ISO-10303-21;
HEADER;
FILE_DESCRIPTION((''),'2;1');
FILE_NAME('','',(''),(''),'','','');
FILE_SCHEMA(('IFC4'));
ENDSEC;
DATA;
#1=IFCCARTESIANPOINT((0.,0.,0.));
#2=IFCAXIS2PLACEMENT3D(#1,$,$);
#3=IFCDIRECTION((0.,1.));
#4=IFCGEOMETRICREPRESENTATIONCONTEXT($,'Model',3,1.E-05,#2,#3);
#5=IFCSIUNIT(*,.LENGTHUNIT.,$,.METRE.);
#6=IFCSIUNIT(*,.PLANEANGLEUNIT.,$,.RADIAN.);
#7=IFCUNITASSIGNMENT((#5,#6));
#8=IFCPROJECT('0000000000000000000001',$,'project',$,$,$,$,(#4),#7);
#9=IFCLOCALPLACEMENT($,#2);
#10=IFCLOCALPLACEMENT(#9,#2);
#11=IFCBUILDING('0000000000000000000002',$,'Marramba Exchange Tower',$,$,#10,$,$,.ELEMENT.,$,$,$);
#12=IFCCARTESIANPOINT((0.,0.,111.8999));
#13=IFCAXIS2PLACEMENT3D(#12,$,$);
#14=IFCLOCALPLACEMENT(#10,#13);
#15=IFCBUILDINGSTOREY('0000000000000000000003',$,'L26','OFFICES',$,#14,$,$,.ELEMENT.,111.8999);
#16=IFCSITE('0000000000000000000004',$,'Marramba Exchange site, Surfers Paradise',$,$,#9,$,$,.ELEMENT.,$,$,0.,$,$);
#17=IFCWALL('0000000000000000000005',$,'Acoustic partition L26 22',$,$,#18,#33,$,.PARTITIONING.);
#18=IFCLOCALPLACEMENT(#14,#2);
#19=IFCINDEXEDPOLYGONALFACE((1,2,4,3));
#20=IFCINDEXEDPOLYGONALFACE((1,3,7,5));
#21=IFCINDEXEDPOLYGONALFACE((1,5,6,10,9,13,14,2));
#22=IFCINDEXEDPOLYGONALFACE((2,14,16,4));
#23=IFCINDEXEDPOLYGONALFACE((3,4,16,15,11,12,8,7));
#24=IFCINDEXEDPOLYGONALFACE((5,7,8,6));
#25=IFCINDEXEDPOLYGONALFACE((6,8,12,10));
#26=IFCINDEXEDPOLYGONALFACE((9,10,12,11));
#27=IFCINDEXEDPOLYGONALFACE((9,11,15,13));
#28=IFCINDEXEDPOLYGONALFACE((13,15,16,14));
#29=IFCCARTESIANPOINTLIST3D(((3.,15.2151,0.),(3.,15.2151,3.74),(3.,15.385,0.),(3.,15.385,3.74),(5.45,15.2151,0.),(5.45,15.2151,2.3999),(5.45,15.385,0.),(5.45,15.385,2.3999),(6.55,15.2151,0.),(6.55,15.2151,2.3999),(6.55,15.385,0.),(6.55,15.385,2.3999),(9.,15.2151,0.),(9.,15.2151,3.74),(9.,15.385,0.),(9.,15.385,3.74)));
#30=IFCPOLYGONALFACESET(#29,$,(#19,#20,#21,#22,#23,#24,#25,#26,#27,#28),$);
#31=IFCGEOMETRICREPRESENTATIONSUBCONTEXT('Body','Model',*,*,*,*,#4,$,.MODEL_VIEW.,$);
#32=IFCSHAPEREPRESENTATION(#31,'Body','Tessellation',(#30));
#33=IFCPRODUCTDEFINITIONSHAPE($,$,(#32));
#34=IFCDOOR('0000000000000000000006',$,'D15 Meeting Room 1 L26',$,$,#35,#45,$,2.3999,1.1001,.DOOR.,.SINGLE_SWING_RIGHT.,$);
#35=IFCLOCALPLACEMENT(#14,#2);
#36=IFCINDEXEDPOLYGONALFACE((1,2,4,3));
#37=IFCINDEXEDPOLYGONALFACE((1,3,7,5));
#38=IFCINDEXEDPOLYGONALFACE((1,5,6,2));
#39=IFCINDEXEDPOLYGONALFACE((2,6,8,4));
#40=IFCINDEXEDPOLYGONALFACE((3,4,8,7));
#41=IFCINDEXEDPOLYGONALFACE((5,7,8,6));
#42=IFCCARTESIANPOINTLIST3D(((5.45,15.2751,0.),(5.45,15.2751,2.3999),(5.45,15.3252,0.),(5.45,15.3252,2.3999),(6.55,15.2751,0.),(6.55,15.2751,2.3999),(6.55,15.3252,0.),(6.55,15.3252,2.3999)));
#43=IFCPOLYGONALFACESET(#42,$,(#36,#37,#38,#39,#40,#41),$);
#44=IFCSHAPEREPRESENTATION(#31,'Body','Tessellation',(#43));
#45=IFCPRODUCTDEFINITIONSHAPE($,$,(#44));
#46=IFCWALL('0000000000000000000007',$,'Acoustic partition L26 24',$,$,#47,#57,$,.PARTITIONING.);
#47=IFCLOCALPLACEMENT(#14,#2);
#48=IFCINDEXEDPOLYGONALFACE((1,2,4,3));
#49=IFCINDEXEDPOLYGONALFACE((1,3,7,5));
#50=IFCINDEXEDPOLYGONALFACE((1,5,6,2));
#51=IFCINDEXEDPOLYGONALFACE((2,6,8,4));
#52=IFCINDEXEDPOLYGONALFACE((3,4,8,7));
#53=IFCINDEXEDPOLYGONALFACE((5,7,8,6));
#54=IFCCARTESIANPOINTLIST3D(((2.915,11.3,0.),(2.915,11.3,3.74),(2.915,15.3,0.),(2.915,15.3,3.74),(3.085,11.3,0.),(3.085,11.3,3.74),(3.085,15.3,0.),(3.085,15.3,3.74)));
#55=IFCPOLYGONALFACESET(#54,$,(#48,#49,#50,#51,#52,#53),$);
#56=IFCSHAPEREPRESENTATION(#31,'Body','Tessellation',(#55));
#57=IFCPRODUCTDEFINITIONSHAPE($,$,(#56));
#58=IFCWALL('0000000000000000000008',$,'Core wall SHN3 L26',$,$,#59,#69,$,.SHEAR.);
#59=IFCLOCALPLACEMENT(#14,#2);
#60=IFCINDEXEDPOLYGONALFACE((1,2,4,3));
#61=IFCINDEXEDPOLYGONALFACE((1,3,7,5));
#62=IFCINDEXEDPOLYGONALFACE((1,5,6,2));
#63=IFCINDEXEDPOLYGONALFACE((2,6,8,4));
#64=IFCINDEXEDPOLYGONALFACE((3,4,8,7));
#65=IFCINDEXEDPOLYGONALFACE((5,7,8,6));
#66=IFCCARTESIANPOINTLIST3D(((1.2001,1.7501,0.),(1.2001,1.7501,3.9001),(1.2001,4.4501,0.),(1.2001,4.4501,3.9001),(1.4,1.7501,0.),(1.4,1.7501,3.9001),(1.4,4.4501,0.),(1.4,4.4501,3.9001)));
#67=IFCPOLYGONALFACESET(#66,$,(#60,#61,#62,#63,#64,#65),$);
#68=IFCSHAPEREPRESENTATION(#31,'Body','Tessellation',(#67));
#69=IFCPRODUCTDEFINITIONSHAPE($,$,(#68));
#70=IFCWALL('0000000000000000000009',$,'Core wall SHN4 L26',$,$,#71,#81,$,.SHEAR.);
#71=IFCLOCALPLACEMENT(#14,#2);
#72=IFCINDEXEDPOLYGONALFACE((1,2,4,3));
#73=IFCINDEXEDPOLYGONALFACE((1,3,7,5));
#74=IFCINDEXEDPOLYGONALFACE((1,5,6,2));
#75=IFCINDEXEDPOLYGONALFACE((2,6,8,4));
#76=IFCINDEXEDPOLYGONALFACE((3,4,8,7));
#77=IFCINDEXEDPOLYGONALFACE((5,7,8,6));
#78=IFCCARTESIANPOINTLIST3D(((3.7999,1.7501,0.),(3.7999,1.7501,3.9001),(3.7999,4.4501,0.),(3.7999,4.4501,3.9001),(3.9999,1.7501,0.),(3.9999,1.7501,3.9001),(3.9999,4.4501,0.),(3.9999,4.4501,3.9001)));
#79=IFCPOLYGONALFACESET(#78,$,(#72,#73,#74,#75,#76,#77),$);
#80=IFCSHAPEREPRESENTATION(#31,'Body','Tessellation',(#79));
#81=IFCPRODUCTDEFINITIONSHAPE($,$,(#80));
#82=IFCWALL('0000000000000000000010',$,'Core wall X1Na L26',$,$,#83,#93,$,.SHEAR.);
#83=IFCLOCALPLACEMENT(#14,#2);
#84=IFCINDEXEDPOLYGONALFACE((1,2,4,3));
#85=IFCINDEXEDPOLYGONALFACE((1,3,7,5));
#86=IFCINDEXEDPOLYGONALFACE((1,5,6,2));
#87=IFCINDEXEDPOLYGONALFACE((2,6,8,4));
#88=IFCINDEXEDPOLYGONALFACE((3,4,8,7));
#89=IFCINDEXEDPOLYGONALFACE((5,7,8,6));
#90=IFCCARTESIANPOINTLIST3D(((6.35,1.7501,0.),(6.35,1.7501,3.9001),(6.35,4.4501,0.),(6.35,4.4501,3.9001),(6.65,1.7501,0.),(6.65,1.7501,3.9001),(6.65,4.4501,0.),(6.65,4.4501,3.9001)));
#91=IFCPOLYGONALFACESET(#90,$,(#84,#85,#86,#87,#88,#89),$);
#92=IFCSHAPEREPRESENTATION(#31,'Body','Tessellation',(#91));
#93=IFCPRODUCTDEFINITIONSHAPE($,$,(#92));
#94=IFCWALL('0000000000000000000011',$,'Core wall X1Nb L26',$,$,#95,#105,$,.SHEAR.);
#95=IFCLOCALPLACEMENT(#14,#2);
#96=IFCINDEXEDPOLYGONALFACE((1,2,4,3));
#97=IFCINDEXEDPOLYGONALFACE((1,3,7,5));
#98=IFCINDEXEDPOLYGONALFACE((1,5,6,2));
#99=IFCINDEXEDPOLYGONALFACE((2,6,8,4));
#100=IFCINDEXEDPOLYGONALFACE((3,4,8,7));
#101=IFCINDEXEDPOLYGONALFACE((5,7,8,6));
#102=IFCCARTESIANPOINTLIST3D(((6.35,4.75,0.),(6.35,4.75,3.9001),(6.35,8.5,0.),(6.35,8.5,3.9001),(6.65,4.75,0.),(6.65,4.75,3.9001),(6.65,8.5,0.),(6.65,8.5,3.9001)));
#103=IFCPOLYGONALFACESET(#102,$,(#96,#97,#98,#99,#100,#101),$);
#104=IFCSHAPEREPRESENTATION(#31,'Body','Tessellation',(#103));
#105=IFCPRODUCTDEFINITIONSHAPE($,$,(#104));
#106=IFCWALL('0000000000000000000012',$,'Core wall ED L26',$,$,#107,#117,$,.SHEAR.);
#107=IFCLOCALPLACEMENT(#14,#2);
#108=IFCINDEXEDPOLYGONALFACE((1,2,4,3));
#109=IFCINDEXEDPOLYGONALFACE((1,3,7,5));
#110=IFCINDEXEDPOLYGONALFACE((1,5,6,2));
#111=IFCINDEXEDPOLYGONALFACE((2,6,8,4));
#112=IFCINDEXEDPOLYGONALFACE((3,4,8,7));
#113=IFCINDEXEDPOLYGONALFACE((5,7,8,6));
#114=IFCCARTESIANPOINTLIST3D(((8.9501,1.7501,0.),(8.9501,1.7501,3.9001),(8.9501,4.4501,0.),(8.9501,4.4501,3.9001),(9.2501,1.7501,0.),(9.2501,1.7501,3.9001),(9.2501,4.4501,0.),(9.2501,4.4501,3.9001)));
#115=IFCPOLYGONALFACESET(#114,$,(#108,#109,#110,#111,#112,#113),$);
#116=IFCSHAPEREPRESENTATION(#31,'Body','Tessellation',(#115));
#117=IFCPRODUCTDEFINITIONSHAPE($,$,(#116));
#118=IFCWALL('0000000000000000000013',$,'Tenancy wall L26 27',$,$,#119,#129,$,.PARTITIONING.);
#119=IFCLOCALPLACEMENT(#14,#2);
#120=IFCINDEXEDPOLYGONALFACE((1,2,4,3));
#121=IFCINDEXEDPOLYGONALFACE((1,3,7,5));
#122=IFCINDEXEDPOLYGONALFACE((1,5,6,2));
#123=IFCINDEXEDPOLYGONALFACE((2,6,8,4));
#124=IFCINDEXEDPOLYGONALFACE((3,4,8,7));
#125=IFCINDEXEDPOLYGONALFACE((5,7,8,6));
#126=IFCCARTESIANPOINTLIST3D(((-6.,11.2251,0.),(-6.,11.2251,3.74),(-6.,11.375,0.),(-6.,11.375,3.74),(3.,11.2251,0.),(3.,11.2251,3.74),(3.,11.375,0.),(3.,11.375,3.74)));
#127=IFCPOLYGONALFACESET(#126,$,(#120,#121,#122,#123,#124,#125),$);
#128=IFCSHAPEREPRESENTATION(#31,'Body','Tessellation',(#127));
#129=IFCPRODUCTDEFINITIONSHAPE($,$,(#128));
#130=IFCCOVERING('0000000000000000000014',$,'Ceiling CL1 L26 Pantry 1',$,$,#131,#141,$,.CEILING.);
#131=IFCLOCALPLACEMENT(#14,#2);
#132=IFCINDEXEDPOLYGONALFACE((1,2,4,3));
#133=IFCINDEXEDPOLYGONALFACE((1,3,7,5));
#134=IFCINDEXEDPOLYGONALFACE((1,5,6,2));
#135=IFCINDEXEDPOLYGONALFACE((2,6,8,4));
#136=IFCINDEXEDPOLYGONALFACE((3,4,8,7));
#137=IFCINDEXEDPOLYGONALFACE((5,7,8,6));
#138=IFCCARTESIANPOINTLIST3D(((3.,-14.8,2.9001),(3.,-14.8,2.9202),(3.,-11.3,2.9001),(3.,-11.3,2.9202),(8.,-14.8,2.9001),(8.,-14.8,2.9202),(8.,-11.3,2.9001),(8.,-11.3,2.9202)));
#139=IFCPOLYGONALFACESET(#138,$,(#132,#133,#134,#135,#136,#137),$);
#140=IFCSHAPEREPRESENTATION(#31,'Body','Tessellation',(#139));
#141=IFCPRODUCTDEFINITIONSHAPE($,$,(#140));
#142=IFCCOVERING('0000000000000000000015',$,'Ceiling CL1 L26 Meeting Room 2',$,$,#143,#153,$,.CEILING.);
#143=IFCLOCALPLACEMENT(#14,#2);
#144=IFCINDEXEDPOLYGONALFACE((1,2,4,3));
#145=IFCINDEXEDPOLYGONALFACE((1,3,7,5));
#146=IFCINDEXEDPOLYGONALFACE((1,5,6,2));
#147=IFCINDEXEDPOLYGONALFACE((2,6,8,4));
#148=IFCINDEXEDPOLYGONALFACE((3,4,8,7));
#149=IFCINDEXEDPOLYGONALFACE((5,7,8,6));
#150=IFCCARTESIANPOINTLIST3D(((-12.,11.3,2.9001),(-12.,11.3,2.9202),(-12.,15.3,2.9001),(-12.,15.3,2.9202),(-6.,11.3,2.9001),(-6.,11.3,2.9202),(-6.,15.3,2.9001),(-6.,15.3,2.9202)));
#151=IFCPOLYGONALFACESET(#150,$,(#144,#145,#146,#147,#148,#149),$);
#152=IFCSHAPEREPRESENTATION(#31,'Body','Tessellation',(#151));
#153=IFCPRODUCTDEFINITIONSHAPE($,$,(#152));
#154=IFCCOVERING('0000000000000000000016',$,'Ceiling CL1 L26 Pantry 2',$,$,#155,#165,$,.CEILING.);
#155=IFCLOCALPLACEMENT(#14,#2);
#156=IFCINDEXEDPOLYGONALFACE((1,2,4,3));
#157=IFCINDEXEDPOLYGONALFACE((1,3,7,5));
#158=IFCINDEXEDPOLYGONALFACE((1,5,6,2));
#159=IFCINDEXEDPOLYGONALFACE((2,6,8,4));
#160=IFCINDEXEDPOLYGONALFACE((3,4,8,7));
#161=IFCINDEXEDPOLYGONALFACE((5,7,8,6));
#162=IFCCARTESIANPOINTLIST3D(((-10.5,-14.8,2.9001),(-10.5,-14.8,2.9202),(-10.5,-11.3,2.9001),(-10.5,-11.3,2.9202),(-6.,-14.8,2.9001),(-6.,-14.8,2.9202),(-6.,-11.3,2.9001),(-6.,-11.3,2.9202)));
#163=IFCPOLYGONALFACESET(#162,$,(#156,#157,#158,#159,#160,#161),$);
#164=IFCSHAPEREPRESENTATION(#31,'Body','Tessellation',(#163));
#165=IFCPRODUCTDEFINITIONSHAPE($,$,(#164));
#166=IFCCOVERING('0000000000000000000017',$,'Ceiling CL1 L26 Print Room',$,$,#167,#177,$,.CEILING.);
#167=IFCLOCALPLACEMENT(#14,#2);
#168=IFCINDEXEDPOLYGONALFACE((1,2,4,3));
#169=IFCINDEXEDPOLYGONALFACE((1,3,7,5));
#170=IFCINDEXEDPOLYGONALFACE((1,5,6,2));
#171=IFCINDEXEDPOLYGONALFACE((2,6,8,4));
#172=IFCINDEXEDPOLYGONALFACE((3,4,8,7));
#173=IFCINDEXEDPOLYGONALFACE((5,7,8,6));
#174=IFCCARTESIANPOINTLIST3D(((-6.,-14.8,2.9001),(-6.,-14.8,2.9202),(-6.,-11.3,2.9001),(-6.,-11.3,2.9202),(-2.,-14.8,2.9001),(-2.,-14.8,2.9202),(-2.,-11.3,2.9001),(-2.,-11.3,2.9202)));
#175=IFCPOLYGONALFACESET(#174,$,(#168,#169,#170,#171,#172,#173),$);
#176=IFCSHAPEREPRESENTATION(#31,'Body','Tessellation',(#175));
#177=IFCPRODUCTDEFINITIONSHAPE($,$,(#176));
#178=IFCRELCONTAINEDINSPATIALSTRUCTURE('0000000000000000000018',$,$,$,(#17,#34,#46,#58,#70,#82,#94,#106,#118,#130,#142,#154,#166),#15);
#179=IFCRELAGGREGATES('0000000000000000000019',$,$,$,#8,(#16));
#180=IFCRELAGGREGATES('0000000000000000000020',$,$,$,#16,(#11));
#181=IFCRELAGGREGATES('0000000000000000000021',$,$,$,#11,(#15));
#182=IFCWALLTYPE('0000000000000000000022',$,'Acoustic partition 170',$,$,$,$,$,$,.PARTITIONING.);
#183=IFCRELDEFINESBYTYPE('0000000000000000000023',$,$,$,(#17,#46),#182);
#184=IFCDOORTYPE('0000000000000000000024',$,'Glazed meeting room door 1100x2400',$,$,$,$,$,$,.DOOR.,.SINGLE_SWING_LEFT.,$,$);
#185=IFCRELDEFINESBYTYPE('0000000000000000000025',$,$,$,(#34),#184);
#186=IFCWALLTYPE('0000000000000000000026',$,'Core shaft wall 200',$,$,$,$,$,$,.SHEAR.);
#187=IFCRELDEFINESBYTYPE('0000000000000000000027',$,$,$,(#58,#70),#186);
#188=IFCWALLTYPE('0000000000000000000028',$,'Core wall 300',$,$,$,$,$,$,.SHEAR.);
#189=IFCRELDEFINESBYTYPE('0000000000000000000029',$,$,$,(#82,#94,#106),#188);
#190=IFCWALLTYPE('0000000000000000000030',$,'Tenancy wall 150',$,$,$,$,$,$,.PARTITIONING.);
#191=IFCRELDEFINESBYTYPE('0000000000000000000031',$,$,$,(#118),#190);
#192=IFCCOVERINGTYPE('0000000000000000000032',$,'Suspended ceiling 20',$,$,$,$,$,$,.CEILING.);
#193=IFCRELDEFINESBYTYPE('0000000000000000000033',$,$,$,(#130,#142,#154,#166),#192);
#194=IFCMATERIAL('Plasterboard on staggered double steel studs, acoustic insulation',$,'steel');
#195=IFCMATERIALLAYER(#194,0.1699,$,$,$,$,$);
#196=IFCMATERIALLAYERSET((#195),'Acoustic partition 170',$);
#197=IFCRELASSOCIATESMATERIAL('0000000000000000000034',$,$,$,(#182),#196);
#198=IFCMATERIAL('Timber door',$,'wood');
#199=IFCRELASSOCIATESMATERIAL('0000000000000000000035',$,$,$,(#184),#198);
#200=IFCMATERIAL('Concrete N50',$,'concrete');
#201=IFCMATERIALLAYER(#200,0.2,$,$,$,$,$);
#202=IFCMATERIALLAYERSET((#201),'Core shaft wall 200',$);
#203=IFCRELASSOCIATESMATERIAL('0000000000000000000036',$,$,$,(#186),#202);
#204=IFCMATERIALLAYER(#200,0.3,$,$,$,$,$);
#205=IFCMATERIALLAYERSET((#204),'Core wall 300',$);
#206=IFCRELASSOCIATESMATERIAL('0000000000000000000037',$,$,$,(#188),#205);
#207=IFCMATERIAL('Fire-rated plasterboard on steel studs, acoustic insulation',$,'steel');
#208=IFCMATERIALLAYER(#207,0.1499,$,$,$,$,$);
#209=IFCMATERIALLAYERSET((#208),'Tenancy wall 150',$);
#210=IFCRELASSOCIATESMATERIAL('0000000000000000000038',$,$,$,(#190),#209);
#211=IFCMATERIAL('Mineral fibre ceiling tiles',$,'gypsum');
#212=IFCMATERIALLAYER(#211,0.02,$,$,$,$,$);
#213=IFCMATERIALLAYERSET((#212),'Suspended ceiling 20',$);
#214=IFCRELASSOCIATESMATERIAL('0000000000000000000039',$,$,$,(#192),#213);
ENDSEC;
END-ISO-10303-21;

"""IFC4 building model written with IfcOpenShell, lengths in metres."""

from ifc_helpers import new_model, si_unit, direction, frame, frame_2d, origin, place, context, subcontext, project, spatial, polyline, rectangle, outline, extrude, material, layer, layer_set, type_object, element, fill, save


model = new_model("IFC4")

# Units and contexts
model_context = context("Model", 3, precision=1e-05, world=origin(), true_north=direction((0.0, 1.0)))
body_context = subcontext(model_context, "Body", "Model", "MODEL_VIEW")
ifc_project = project(units=[si_unit("LENGTHUNIT", "METRE"), si_unit("PLANEANGLEUNIT", "RADIAN")], contexts=[model_context])

# Site, building, storey
site_placement = place(None, origin())
site = spatial("IfcSite", under=ifc_project, at=site_placement, Name="Marramba Exchange site, Surfers Paradise", CompositionType="ELEMENT", RefElevation=0.0)
building_placement = place(site_placement, origin())
building = spatial("IfcBuilding", under=site, at=building_placement, Name="Marramba Exchange Tower", CompositionType="ELEMENT")
storey_placement = place(building_placement, frame((0.0, 0.0, 111.8999)))
storey = spatial("IfcBuildingStorey", under=building, at=storey_placement, Name="L26", Description="OFFICES", CompositionType="ELEMENT", Elevation=111.8999)

# Shared definitions
ifc_material_1 = material(Name="Plasterboard on staggered double steel studs, acoustic insulation", Category="steel")
ifc_layer_1 = layer(ifc_material_1, 0.1699)
ifc_layer_set_1 = layer_set([ifc_layer_1], Name="Acoustic partition 170")
wall_type_1 = type_object("IfcWallType", Name="Acoustic partition 170", PredefinedType="PARTITIONING", material=ifc_layer_set_1)

# Wall, opening, door
wall_1_placement = place(storey_placement, frame((9.0, 15.3, 0.0), z_axis=(0.0, 0.0, 1.0), x_axis=(-1.0, 0.0, 0.0)))
wall_1 = element("IfcWall", 1, at=wall_1_placement, inside=storey, type_object=wall_type_1, Name="Acoustic partition L26 22", PredefinedType="PARTITIONING", context=body_context, shape_type="SweptSolid", body=[
    extrude(rectangle(XDim=6.0, YDim=0.1699, at=frame_2d((3.0, 0.0))), origin(), (0.0, 0.0, 1.0), 3.74),
])
opening_1_placement = place(wall_1_placement, frame((2.45, 0.0, 0.0)))
opening_1 = element("IfcOpeningElement", 2, at=opening_1_placement, cuts=wall_1, PredefinedType="OPENING", context=body_context, shape_type="SweptSolid", body=[
    extrude(rectangle(XDim=1.1001, YDim=2.3999, at=frame_2d((0.55, 1.2))), frame((0.0, 0.095, 0.0), z_axis=(0.0, -1.0, 0.0), x_axis=(1.0, 0.0, 0.0)), (0.0, 0.0, 1.0), 0.1899),
])
ifc_material_2 = material(Name="Timber door", Category="wood")
door_type_1 = type_object("IfcDoorType", Name="Glazed meeting room door 1100x2400", OperationType="SINGLE_SWING_LEFT", PredefinedType="DOOR", material=ifc_material_2)
door_1_placement = place(opening_1_placement, origin())
door_1 = element("IfcDoor", 3, at=door_1_placement, inside=storey, type_object=door_type_1, Name="D15 Meeting Room 1 L26", OperationType="SINGLE_SWING_RIGHT", OverallHeight=2.3999, OverallWidth=1.1001, PredefinedType="DOOR", context=body_context, shape_type="SweptSolid", body=[
    extrude(rectangle(XDim=1.1001, YDim=2.3999, at=frame_2d((0.55, 1.2))), frame((0.0, 0.0249, 0.0), z_axis=(0.0, -1.0, 0.0), x_axis=(1.0, 0.0, 0.0)), (0.0, 0.0, 1.0), 0.05),
])
fill(opening_1, door_1)

# Walls
wall_2_placement = place(storey_placement, frame((3.0, 15.3, 0.0), z_axis=(0.0, 0.0, 1.0), x_axis=(0.0, -1.0, 0.0)))
element("IfcWall", 4, at=wall_2_placement, inside=storey, type_object=wall_type_1, Name="Acoustic partition L26 24", PredefinedType="PARTITIONING", context=body_context, shape_type="SweptSolid", body=[
    extrude(rectangle(XDim=4.0, YDim=0.1699, at=frame_2d((2.0, 0.0))), origin(), (0.0, 0.0, 1.0), 3.74),
])
ifc_material_3 = material(Name="Concrete N50", Category="concrete")
ifc_layer_2 = layer(ifc_material_3, 0.2)
ifc_layer_set_2 = layer_set([ifc_layer_2], Name="Core shaft wall 200")
wall_type_2 = type_object("IfcWallType", Name="Core shaft wall 200", PredefinedType="SHEAR", material=ifc_layer_set_2)
for number, where, z_axis, x_axis, name in (
    (5, (1.3, 1.75, 0.0), (0.0, 0.0, 1.0), (0.0, 1.0, 0.0), "Core wall SHN3 L26"),
    (6, (3.8999, 1.75, 0.0), (0.0, 0.0, 1.0), (0.0, 1.0, 0.0), "Core wall SHN4 L26"),
):
    element("IfcWall", number, at=place(storey_placement, frame(where, z_axis=z_axis, x_axis=x_axis)), inside=storey, type_object=wall_type_2, Name=name, PredefinedType="SHEAR", context=body_context, shape_type="SweptSolid", body=[
        extrude(rectangle(XDim=2.7, YDim=0.2, at=frame_2d((1.3501, 0.0))), origin(), (0.0, 0.0, 1.0), 3.9001),
    ])

# Walls
ifc_layer_3 = layer(ifc_material_3, 0.3)
ifc_layer_set_3 = layer_set([ifc_layer_3], Name="Core wall 300")
wall_type_3 = type_object("IfcWallType", Name="Core wall 300", PredefinedType="SHEAR", material=ifc_layer_set_3)
wall_3_placement = place(storey_placement, frame((6.5, 1.75, 0.0), z_axis=(0.0, 0.0, 1.0), x_axis=(0.0, 1.0, 0.0)))
element("IfcWall", 7, at=wall_3_placement, inside=storey, type_object=wall_type_3, Name="Core wall X1Na L26", PredefinedType="SHEAR", context=body_context, shape_type="SweptSolid", body=[
    extrude(rectangle(XDim=2.7, YDim=0.3, at=frame_2d((1.3501, 0.0))), origin(), (0.0, 0.0, 1.0), 3.9001),
])
wall_4_placement = place(storey_placement, frame((6.5, 4.75, 0.0), z_axis=(0.0, 0.0, 1.0), x_axis=(0.0, 1.0, 0.0)))
element("IfcWall", 8, at=wall_4_placement, inside=storey, type_object=wall_type_3, Name="Core wall X1Nb L26", PredefinedType="SHEAR", context=body_context, shape_type="SweptSolid", body=[
    extrude(rectangle(XDim=3.75, YDim=0.3, at=frame_2d((1.875, 0.0))), origin(), (0.0, 0.0, 1.0), 3.9001),
])
wall_5_placement = place(storey_placement, frame((9.1001, 1.75, 0.0), z_axis=(0.0, 0.0, 1.0), x_axis=(0.0, 1.0, 0.0)))
element("IfcWall", 9, at=wall_5_placement, inside=storey, type_object=wall_type_3, Name="Core wall ED L26", PredefinedType="SHEAR", context=body_context, shape_type="SweptSolid", body=[
    extrude(rectangle(XDim=2.7, YDim=0.3, at=frame_2d((1.3501, 0.0))), origin(), (0.0, 0.0, 1.0), 3.9001),
])
ifc_material_4 = material(Name="Fire-rated plasterboard on steel studs, acoustic insulation", Category="steel")
ifc_layer_4 = layer(ifc_material_4, 0.1499)
ifc_layer_set_4 = layer_set([ifc_layer_4], Name="Tenancy wall 150")
wall_type_4 = type_object("IfcWallType", Name="Tenancy wall 150", PredefinedType="PARTITIONING", material=ifc_layer_set_4)
wall_6_placement = place(storey_placement, frame((3.0, 11.3, 0.0), z_axis=(0.0, 0.0, 1.0), x_axis=(-1.0, 0.0, 0.0)))
element("IfcWall", 10, at=wall_6_placement, inside=storey, type_object=wall_type_4, Name="Tenancy wall L26 27", PredefinedType="PARTITIONING", context=body_context, shape_type="SweptSolid", body=[
    extrude(rectangle(XDim=9.0, YDim=0.1499, at=frame_2d((4.5, 0.0))), origin(), (0.0, 0.0, 1.0), 3.74),
])

# Coverings
ifc_material_5 = material(Name="Mineral fibre ceiling tiles", Category="gypsum")
ifc_layer_5 = layer(ifc_material_5, 0.02)
ifc_layer_set_5 = layer_set([ifc_layer_5], Name="Suspended ceiling 20")
covering_type = type_object("IfcCoveringType", Name="Suspended ceiling 20", PredefinedType="CEILING", material=ifc_layer_set_5)
covering_1_placement = place(storey_placement, frame((0.0, 0.0, 2.9001)))
element("IfcCovering", 11, at=covering_1_placement, inside=storey, type_object=covering_type, Name="Ceiling CL1 L26 Pantry 1", PredefinedType="CEILING", context=body_context, shape_type="SweptSolid", body=[
    extrude(outline(polyline([(8.0, -14.8), (3.0, -14.8), (3.0, -11.3), (8.0, -11.3), (8.0, -14.8)])), origin(), (0.0, 0.0, 1.0), 0.02),
])
covering_2_placement = place(storey_placement, frame((0.0, 0.0, 2.9001)))
element("IfcCovering", 12, at=covering_2_placement, inside=storey, type_object=covering_type, Name="Ceiling CL1 L26 Meeting Room 2", PredefinedType="CEILING", context=body_context, shape_type="SweptSolid", body=[
    extrude(outline(polyline([(-6.0, 11.3), (-12.0, 11.3), (-12.0, 15.3), (-6.0, 15.3), (-6.0, 11.3)])), origin(), (0.0, 0.0, 1.0), 0.02),
])
covering_3_placement = place(storey_placement, frame((0.0, 0.0, 2.9001)))
element("IfcCovering", 13, at=covering_3_placement, inside=storey, type_object=covering_type, Name="Ceiling CL1 L26 Pantry 2", PredefinedType="CEILING", context=body_context, shape_type="SweptSolid", body=[
    extrude(outline(polyline([(-6.0, -14.8), (-10.5, -14.8), (-10.5, -11.3), (-6.0, -11.3), (-6.0, -14.8)])), origin(), (0.0, 0.0, 1.0), 0.02),
])
covering_4_placement = place(storey_placement, frame((0.0, 0.0, 2.9001)))
element("IfcCovering", 14, at=covering_4_placement, inside=storey, type_object=covering_type, Name="Ceiling CL1 L26 Print Room", PredefinedType="CEILING", context=body_context, shape_type="SweptSolid", body=[
    extrude(outline(polyline([(-2.0, -14.8), (-6.0, -14.8), (-6.0, -11.3), (-2.0, -11.3), (-2.0, -14.8)])), origin(), (0.0, 0.0, 1.0), 0.02),
])

save(model, "model.ifc")
